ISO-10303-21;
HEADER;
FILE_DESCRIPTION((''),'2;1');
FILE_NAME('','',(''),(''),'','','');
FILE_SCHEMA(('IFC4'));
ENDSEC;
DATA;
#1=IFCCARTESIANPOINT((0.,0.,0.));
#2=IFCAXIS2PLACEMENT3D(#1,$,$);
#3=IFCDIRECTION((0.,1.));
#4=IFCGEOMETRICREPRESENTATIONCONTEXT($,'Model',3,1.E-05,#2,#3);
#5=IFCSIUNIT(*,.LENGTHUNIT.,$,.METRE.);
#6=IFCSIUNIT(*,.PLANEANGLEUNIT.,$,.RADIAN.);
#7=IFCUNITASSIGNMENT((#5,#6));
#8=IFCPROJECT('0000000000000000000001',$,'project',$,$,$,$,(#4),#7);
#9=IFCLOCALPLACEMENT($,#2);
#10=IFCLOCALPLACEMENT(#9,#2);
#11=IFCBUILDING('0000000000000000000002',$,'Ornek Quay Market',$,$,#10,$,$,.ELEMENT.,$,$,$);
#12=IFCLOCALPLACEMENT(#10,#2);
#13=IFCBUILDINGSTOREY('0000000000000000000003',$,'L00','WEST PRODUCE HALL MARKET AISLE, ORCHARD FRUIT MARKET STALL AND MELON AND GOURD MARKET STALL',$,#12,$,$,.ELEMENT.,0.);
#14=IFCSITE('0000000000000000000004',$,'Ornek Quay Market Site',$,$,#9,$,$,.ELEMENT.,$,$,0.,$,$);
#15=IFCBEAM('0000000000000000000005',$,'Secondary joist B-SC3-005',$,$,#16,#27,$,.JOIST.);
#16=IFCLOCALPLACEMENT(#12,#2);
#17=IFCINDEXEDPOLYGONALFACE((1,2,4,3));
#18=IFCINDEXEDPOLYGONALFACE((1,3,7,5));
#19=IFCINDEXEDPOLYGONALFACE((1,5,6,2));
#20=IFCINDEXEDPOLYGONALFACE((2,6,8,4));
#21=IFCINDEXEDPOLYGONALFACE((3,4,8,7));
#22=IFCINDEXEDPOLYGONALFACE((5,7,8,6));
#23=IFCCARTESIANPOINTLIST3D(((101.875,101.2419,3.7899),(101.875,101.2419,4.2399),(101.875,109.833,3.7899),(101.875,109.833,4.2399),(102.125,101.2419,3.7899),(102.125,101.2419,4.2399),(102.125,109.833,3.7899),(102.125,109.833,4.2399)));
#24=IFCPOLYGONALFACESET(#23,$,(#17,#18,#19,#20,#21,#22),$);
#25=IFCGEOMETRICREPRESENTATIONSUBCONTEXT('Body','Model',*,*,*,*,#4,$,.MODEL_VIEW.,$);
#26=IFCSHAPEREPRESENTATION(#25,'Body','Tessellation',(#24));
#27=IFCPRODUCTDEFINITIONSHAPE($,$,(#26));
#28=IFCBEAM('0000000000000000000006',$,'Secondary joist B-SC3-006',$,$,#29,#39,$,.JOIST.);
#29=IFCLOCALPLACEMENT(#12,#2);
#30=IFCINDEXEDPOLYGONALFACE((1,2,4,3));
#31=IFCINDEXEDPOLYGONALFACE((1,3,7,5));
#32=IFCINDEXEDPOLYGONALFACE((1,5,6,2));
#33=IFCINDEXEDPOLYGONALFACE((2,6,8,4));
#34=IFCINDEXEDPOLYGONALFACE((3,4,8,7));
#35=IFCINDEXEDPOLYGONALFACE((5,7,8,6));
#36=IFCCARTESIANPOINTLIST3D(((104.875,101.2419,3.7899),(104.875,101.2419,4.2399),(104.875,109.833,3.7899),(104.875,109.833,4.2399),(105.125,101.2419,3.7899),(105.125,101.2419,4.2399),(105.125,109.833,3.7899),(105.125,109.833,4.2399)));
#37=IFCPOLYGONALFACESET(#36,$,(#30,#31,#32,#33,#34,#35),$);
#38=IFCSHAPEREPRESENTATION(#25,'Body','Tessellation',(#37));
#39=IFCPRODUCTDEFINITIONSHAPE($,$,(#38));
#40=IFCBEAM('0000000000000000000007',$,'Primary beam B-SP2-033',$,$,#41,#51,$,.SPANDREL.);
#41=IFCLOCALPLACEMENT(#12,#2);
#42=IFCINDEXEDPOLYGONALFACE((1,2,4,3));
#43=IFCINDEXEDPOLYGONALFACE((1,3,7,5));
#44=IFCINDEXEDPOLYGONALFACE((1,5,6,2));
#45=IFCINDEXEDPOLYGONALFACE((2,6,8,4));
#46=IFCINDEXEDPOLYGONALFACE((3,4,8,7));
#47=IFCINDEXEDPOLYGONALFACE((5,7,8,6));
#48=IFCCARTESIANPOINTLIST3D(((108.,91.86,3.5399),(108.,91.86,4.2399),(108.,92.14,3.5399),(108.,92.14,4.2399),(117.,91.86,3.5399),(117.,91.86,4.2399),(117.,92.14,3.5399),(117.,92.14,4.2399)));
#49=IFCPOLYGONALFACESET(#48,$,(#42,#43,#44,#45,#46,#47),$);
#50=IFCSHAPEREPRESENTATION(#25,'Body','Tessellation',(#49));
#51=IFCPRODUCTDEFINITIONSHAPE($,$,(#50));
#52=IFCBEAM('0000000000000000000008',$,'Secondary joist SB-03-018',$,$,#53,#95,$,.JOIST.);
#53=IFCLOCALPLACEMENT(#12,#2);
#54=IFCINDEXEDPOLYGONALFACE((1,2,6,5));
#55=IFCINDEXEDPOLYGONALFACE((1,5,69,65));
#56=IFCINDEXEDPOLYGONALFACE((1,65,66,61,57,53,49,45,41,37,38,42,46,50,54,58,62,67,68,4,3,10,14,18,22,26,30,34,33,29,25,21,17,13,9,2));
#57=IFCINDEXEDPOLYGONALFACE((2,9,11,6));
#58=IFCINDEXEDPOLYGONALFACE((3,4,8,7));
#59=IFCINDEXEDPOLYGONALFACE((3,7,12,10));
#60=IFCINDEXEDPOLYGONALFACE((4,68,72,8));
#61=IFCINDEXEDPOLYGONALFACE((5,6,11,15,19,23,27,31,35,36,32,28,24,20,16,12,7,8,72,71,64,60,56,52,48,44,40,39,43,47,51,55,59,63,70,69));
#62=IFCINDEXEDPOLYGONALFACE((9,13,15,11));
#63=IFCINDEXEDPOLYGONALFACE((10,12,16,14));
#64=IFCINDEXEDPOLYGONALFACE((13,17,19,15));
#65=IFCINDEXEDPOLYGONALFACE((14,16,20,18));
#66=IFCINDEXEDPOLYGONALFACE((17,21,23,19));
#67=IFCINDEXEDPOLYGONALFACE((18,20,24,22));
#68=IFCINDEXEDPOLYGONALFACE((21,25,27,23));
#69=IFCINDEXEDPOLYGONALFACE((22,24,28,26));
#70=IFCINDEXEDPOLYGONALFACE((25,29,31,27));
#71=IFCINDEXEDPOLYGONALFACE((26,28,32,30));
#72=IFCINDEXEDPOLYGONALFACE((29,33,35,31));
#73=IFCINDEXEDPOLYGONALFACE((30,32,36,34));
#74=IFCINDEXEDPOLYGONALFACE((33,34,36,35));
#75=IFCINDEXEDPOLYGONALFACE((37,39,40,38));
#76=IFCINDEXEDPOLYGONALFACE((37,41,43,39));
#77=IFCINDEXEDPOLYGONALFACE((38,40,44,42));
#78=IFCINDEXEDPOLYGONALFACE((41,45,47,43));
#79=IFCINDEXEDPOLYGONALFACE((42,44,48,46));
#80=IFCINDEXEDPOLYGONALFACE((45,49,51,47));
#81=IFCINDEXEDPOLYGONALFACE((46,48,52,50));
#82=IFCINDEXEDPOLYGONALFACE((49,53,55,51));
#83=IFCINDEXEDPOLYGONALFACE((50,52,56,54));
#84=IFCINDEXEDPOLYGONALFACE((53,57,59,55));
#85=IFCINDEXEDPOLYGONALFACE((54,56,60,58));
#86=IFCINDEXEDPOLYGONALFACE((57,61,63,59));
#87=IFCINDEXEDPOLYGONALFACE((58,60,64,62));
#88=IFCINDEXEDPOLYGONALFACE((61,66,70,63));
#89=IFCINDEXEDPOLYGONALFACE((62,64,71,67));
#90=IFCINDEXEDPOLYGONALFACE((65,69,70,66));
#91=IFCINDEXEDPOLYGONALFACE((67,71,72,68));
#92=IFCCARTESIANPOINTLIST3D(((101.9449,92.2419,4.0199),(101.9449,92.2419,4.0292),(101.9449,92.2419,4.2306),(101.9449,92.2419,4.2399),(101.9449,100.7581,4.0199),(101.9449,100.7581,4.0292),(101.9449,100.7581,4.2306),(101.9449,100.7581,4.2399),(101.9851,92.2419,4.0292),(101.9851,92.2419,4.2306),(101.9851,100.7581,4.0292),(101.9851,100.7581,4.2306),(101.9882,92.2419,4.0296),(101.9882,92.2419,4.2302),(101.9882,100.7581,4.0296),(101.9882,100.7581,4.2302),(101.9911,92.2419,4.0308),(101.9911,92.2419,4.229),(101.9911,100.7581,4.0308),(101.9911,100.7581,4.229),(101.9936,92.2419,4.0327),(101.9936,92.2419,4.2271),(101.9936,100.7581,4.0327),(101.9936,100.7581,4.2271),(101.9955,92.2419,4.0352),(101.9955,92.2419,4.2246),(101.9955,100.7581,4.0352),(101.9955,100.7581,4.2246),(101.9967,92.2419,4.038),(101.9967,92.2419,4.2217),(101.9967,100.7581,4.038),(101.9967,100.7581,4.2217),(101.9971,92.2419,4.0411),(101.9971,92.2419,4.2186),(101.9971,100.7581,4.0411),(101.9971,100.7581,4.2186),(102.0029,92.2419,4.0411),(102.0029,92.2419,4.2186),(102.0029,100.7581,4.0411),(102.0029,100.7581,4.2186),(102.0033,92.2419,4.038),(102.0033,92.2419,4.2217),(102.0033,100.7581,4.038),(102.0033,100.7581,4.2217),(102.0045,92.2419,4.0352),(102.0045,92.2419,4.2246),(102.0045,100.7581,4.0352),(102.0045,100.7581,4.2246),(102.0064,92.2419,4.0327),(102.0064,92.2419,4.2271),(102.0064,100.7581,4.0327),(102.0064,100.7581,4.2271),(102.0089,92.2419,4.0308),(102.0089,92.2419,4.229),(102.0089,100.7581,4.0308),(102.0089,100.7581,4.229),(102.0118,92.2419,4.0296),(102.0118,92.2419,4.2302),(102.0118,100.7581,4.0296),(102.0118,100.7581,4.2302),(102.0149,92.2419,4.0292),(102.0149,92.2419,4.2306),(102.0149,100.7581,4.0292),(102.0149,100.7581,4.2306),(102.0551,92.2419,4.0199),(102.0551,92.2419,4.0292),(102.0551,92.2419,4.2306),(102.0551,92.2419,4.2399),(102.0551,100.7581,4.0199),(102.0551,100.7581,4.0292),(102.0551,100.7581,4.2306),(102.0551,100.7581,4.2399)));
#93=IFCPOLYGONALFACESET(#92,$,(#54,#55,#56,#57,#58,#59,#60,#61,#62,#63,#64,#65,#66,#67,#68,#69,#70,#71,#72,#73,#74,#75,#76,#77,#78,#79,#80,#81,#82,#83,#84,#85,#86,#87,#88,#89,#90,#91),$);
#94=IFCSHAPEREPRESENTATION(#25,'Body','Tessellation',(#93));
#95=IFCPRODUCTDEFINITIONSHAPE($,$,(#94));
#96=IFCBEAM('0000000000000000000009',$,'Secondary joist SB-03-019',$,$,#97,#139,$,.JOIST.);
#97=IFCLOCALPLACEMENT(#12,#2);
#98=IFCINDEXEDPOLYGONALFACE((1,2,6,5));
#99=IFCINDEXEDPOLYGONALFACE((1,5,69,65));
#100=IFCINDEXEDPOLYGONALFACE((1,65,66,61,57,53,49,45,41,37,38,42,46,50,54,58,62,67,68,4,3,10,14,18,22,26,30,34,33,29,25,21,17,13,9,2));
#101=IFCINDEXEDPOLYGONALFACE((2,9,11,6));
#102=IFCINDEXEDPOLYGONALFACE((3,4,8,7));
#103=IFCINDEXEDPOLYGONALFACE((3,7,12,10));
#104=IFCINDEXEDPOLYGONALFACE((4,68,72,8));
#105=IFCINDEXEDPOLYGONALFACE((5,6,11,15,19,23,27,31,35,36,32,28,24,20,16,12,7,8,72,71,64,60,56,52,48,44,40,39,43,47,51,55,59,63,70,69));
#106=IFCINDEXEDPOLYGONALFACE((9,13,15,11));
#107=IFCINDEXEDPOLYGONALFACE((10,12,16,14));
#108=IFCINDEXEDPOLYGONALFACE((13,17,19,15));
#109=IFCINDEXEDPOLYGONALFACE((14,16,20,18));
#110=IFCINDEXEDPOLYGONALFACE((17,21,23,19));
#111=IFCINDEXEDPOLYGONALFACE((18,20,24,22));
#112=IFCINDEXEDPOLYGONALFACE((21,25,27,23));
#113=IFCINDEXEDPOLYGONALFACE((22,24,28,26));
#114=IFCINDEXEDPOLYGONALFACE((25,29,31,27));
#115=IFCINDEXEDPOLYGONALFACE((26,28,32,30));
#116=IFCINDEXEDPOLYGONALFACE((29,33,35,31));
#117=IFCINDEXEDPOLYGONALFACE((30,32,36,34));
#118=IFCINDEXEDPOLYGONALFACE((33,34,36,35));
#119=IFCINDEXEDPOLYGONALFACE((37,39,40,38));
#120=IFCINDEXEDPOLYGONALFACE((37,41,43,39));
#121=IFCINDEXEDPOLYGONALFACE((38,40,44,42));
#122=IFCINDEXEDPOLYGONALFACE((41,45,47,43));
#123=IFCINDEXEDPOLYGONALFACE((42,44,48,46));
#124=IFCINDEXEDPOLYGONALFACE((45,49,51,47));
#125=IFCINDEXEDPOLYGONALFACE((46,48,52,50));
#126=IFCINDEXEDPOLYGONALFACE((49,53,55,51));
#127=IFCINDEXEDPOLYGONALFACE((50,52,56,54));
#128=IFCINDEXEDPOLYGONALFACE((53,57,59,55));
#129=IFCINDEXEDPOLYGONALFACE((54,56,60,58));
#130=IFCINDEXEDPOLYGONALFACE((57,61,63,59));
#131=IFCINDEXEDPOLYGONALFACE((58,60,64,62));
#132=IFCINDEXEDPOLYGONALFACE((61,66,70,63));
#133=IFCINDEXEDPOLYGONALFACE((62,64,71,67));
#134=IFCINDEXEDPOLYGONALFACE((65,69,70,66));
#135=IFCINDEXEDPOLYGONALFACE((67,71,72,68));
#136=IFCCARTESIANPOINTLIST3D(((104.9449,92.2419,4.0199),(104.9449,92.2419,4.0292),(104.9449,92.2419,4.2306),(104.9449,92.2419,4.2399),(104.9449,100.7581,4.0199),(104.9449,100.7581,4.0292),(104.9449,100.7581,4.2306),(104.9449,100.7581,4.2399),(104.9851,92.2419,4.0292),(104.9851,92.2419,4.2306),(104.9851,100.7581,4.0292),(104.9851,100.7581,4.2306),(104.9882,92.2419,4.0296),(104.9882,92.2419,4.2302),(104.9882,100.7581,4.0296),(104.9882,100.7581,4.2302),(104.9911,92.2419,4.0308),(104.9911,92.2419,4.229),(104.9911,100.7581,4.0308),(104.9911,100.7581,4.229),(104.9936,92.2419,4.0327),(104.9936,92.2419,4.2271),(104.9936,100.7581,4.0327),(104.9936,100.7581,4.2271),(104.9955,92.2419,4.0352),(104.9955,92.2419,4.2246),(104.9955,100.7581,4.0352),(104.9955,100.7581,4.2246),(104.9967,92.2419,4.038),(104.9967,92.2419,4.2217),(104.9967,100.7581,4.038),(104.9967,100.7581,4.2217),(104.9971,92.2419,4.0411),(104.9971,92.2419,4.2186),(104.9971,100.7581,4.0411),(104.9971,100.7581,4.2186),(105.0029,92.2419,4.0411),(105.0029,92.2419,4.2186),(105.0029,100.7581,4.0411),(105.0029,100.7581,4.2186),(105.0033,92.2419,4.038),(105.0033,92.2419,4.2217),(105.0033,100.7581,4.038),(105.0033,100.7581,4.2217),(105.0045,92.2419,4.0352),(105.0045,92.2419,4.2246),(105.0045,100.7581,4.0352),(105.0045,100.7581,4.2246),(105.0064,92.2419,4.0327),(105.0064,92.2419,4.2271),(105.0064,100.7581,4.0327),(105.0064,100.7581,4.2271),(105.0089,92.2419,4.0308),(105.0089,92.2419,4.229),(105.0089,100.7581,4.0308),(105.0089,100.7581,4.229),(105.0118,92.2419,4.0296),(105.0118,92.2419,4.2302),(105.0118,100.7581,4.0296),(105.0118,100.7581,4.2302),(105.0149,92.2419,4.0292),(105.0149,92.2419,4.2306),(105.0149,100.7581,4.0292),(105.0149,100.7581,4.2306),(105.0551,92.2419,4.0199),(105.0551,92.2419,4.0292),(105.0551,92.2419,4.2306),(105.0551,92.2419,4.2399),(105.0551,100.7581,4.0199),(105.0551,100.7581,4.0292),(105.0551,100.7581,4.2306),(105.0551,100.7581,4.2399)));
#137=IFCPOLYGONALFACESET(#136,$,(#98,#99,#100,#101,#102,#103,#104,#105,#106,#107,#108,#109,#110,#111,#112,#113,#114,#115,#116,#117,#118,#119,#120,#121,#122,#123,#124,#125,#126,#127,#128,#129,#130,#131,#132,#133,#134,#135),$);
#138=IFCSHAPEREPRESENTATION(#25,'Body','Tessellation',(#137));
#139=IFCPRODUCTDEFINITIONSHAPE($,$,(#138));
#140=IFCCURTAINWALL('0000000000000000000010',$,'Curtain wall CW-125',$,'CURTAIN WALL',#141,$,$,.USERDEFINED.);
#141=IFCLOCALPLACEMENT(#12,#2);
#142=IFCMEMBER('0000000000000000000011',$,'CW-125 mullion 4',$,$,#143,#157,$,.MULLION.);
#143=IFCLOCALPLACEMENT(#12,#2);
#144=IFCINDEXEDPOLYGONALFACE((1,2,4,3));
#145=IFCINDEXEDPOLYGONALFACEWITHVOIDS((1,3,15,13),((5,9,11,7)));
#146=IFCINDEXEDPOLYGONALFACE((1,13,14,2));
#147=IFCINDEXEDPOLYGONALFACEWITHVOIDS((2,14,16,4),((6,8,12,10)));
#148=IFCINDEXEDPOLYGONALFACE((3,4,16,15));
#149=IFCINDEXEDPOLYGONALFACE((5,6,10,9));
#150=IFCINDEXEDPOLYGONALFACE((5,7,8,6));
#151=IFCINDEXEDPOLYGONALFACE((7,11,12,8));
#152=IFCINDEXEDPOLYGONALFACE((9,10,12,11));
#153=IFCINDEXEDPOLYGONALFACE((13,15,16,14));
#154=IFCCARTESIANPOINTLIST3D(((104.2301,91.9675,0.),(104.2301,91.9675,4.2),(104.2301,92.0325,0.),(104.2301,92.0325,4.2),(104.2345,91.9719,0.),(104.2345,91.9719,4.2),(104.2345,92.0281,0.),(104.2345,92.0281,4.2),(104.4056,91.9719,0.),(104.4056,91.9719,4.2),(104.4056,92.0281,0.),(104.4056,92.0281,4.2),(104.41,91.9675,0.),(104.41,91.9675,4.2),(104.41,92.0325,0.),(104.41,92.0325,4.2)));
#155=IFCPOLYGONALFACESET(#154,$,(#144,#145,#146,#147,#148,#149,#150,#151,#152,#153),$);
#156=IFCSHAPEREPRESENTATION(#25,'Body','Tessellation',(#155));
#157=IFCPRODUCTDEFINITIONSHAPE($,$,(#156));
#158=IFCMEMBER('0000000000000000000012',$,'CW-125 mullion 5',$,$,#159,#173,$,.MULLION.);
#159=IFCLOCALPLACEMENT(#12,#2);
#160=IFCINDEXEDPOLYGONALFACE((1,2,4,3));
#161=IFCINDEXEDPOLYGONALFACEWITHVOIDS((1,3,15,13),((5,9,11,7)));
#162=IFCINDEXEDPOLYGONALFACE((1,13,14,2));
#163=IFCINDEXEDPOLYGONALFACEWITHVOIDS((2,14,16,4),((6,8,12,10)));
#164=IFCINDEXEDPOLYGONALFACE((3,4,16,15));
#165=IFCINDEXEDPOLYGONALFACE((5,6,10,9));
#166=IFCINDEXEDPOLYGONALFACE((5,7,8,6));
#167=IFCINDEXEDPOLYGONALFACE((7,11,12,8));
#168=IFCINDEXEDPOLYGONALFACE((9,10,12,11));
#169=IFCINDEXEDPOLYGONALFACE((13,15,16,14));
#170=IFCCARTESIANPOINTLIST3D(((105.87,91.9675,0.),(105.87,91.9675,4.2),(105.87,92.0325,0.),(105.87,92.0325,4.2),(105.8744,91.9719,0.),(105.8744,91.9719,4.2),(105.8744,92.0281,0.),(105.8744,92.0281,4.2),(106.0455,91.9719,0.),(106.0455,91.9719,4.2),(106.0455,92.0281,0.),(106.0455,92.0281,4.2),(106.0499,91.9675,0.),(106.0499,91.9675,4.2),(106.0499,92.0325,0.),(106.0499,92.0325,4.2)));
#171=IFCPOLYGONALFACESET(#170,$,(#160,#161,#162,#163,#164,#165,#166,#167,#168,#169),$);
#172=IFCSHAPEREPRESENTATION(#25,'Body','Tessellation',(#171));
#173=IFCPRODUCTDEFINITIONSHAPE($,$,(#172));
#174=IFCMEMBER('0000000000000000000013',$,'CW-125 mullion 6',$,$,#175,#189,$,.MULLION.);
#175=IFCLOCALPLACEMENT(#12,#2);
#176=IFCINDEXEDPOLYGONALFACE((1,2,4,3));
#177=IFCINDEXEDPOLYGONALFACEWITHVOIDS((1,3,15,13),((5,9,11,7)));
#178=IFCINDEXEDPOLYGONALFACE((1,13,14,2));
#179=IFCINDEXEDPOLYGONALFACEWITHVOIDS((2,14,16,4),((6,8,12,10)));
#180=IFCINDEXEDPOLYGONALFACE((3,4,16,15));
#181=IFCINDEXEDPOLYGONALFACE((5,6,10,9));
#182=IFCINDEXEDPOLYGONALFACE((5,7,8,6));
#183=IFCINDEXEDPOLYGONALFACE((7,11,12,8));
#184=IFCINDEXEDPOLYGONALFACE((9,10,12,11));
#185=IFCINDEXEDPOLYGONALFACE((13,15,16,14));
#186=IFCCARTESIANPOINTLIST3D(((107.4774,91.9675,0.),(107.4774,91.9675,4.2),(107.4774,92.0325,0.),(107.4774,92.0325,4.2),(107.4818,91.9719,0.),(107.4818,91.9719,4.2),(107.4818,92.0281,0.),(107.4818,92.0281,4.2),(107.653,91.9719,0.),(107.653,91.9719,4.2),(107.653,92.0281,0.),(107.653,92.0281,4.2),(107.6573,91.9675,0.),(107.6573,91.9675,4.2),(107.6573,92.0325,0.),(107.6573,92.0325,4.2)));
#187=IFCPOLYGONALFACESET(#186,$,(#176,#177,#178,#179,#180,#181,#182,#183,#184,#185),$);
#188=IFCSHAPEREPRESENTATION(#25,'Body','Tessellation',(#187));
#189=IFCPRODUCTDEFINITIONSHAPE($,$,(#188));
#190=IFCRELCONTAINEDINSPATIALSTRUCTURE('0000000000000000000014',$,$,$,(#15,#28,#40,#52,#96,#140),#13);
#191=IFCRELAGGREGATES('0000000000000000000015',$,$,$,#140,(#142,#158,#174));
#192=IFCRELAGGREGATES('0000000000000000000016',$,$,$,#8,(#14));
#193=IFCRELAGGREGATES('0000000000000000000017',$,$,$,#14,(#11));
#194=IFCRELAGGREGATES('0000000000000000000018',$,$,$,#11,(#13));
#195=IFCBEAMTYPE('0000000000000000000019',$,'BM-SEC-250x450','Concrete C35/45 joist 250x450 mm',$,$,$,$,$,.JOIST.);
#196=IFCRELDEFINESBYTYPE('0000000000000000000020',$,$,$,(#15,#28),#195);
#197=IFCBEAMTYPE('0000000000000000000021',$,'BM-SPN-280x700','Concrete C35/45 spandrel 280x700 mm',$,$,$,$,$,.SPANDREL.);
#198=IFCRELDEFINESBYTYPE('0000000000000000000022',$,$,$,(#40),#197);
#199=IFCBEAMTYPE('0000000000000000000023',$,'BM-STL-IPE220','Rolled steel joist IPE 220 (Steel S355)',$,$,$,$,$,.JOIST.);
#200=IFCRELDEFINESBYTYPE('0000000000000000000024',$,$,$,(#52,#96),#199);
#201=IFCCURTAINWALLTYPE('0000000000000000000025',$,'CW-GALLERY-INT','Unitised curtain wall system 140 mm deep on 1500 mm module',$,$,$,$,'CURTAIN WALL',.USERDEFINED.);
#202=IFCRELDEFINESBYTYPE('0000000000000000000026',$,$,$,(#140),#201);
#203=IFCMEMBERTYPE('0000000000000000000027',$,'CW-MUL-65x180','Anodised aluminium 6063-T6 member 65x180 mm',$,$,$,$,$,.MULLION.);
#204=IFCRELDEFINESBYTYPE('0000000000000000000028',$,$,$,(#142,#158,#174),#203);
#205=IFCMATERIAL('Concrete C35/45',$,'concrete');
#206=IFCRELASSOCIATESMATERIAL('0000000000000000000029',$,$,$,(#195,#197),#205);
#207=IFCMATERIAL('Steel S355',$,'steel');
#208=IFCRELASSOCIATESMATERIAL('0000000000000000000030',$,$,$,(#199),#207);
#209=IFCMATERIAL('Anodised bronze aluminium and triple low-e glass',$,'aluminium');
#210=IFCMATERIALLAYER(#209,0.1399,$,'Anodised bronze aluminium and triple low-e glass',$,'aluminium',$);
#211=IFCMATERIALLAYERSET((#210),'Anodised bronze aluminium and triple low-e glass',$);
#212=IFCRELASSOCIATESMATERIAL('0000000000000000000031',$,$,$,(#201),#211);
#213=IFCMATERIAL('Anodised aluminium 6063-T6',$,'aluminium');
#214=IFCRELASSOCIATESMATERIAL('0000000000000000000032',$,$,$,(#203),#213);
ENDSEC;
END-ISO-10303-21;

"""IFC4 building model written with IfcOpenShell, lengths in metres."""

from ifc_helpers import new_model, si_unit, direction, frame, origin, origin_2d, place, context, subcontext, project, spatial, rectangle, hollow_rectangle, i_section, extrude, material, layer, layer_set, material_profile, profile_set, type_object, element, aggregate, save


model = new_model("IFC4")

# Units and contexts
model_context = context("Model", 3, precision=1e-05, world=origin(), true_north=direction((0.0, 1.0)))
body_context = subcontext(model_context, "Body", "Model", "MODEL_VIEW")
ifc_project = project(units=[si_unit("LENGTHUNIT", "METRE"), si_unit("PLANEANGLEUNIT", "RADIAN")], contexts=[model_context])

# Site, building, storey
site_placement = place(None, origin())
site = spatial("IfcSite", under=ifc_project, at=site_placement, Name="Ornek Quay Market Site", CompositionType="ELEMENT", RefElevation=0.0)
building_placement = place(site_placement, origin())
building = spatial("IfcBuilding", under=site, at=building_placement, Name="Ornek Quay Market", CompositionType="ELEMENT")
storey_placement = place(building_placement, origin())
storey = spatial("IfcBuildingStorey", under=building, at=storey_placement, Name="L00", Description="WEST PRODUCE HALL MARKET AISLE, ORCHARD FRUIT MARKET STALL AND MELON AND GOURD MARKET STALL", CompositionType="ELEMENT", Elevation=0.0)

# Shared definitions
ifc_material_1 = material(Name="Steel S355", Category="steel")

# Beams
ifc_material_2 = material(Name="Concrete C35/45", Category="concrete")
ifc_material_profile_1 = material_profile(ifc_material_2, rectangle(XDim=0.25, YDim=0.45, at=origin_2d()), Name="RC 250x450", Category="concrete")
ifc_profile_set_1 = profile_set([ifc_material_profile_1], Name="Concrete C35/45")
beam_type_1 = type_object("IfcBeamType", Name="BM-SEC-250x450", Description="Concrete C35/45 joist 250x450 mm", PredefinedType="JOIST", material=ifc_profile_set_1)
for number, where, z_axis, x_axis, name in (
    (1, (102.0, 101.2419, 4.0149), (0.0, 1.0, 0.0), (-1.0, 0.0, 0.0), "Secondary joist B-SC3-005"),
    (2, (105.0, 101.2419, 4.0149), (0.0, 1.0, 0.0), (-1.0, 0.0, 0.0), "Secondary joist B-SC3-006"),
):
    element("IfcBeam", number, at=place(storey_placement, frame(where, z_axis=z_axis, x_axis=x_axis)), inside=storey, type_object=beam_type_1, Name=name, PredefinedType="JOIST", context=body_context, shape_type="SweptSolid", body=[
        extrude(rectangle(XDim=0.25, YDim=0.45, at=origin_2d()), origin(), (0.0, 0.0, 1.0), 8.5911),
    ])
ifc_material_profile_2 = material_profile(ifc_material_2, rectangle(XDim=0.28, YDim=0.7, at=origin_2d()), Name="RC 280x700", Category="concrete")
ifc_profile_set_2 = profile_set([ifc_material_profile_2], Name="Concrete C35/45")
beam_type_2 = type_object("IfcBeamType", Name="BM-SPN-280x700", Description="Concrete C35/45 spandrel 280x700 mm", PredefinedType="SPANDREL", material=ifc_profile_set_2)
beam_1_placement = place(storey_placement, frame((108.0, 92.0, 3.8899), z_axis=(1.0, 0.0, 0.0), x_axis=(0.0, 1.0, 0.0)))
element("IfcBeam", 3, at=beam_1_placement, inside=storey, type_object=beam_type_2, Name="Primary beam B-SP2-033", PredefinedType="SPANDREL", context=body_context, shape_type="SweptSolid", body=[
    extrude(rectangle(XDim=0.28, YDim=0.7, at=origin_2d()), origin(), (0.0, 0.0, 1.0), 9.0),
])
ifc_material_profile_3 = material_profile(ifc_material_1, i_section(OverallWidth=0.1101, OverallDepth=0.22, WebThickness=0.0059, FlangeThickness=0.0093, FilletRadius=0.012, at=origin_2d()), Name="IPE 220", Category="steel")
ifc_profile_set_3 = profile_set([ifc_material_profile_3], Name="Steel S355")
beam_type_3 = type_object("IfcBeamType", Name="BM-STL-IPE220", Description="Rolled steel joist IPE 220 (Steel S355)", PredefinedType="JOIST", material=ifc_profile_set_3)
for number, where, z_axis, x_axis, name in (
    (4, (102.0, 92.2419, 4.1299), (0.0, 1.0, 0.0), (-1.0, 0.0, 0.0), "Secondary joist SB-03-018"),
    (5, (105.0, 92.2419, 4.1299), (0.0, 1.0, 0.0), (-1.0, 0.0, 0.0), "Secondary joist SB-03-019"),
):
    element("IfcBeam", number, at=place(storey_placement, frame(where, z_axis=z_axis, x_axis=x_axis)), inside=storey, type_object=beam_type_3, Name=name, PredefinedType="JOIST", context=body_context, shape_type="SweptSolid", body=[
        extrude(i_section(OverallWidth=0.1101, OverallDepth=0.22, WebThickness=0.0059, FlangeThickness=0.0093, FilletRadius=0.012, at=origin_2d()), origin(), (0.0, 0.0, 1.0), 8.5161),
    ])

# Curtain wall, members
ifc_material_3 = material(Name="Anodised bronze aluminium and triple low-e glass", Category="aluminium")
ifc_layer_1 = layer(ifc_material_3, 0.1399, Name="Anodised bronze aluminium and triple low-e glass", Category="aluminium")
ifc_layer_set_1 = layer_set([ifc_layer_1], Name="Anodised bronze aluminium and triple low-e glass")
curtain_wall_type = type_object("IfcCurtainWallType", Name="CW-GALLERY-INT", Description="Unitised curtain wall system 140 mm deep on 1500 mm module", ElementType="CURTAIN WALL", PredefinedType="USERDEFINED", material=ifc_layer_set_1)
curtain_wall_placement = place(storey_placement, origin())
curtain_wall = element("IfcCurtainWall", 6, at=curtain_wall_placement, inside=storey, type_object=curtain_wall_type, Name="Curtain wall CW-125", ObjectType="CURTAIN WALL", PredefinedType="USERDEFINED")
ifc_material_4 = material(Name="Anodised aluminium 6063-T6", Category="aluminium")
ifc_material_profile_4 = material_profile(ifc_material_4, hollow_rectangle(XDim=0.0649, YDim=0.1799, WallThickness=0.0044, at=origin_2d()), Name="CW-MUL-65x180", Category="aluminium")
ifc_profile_set_4 = profile_set([ifc_material_profile_4], Name="Anodised aluminium 6063-T6")
member_type_1 = type_object("IfcMemberType", Name="CW-MUL-65x180", Description="Anodised aluminium 6063-T6 member 65x180 mm", PredefinedType="MULLION", material=ifc_profile_set_4)
member_1_placement = place(storey_placement, frame((104.3201, 92.0, 0.0), z_axis=(0.0, 0.0, 1.0), x_axis=(0.0, 1.0, 0.0)))
member_1 = element("IfcMember", 7, at=member_1_placement, type_object=member_type_1, Name="CW-125 mullion 4", PredefinedType="MULLION", context=body_context, shape_type="SweptSolid", body=[
    extrude(hollow_rectangle(XDim=0.0649, YDim=0.1799, WallThickness=0.0044, at=origin_2d()), origin(), (0.0, 0.0, 1.0), 4.2),
])
member_2_placement = place(storey_placement, frame((105.96, 92.0, 0.0), z_axis=(0.0, 0.0, 1.0), x_axis=(0.0, 1.0, 0.0)))
member_2 = element("IfcMember", 8, at=member_2_placement, type_object=member_type_1, Name="CW-125 mullion 5", PredefinedType="MULLION", context=body_context, shape_type="SweptSolid", body=[
    extrude(hollow_rectangle(XDim=0.0649, YDim=0.1799, WallThickness=0.0044, at=origin_2d()), origin(), (0.0, 0.0, 1.0), 4.2),
])
member_3_placement = place(storey_placement, frame((107.5674, 92.0, 0.0), z_axis=(0.0, 0.0, 1.0), x_axis=(0.0, 1.0, 0.0)))
member_3 = element("IfcMember", 9, at=member_3_placement, type_object=member_type_1, Name="CW-125 mullion 6", PredefinedType="MULLION", context=body_context, shape_type="SweptSolid", body=[
    extrude(hollow_rectangle(XDim=0.0649, YDim=0.1799, WallThickness=0.0044, at=origin_2d()), origin(), (0.0, 0.0, 1.0), 4.2),
])
aggregate(curtain_wall, [member_1, member_2, member_3])

save(model, "model.ifc")
